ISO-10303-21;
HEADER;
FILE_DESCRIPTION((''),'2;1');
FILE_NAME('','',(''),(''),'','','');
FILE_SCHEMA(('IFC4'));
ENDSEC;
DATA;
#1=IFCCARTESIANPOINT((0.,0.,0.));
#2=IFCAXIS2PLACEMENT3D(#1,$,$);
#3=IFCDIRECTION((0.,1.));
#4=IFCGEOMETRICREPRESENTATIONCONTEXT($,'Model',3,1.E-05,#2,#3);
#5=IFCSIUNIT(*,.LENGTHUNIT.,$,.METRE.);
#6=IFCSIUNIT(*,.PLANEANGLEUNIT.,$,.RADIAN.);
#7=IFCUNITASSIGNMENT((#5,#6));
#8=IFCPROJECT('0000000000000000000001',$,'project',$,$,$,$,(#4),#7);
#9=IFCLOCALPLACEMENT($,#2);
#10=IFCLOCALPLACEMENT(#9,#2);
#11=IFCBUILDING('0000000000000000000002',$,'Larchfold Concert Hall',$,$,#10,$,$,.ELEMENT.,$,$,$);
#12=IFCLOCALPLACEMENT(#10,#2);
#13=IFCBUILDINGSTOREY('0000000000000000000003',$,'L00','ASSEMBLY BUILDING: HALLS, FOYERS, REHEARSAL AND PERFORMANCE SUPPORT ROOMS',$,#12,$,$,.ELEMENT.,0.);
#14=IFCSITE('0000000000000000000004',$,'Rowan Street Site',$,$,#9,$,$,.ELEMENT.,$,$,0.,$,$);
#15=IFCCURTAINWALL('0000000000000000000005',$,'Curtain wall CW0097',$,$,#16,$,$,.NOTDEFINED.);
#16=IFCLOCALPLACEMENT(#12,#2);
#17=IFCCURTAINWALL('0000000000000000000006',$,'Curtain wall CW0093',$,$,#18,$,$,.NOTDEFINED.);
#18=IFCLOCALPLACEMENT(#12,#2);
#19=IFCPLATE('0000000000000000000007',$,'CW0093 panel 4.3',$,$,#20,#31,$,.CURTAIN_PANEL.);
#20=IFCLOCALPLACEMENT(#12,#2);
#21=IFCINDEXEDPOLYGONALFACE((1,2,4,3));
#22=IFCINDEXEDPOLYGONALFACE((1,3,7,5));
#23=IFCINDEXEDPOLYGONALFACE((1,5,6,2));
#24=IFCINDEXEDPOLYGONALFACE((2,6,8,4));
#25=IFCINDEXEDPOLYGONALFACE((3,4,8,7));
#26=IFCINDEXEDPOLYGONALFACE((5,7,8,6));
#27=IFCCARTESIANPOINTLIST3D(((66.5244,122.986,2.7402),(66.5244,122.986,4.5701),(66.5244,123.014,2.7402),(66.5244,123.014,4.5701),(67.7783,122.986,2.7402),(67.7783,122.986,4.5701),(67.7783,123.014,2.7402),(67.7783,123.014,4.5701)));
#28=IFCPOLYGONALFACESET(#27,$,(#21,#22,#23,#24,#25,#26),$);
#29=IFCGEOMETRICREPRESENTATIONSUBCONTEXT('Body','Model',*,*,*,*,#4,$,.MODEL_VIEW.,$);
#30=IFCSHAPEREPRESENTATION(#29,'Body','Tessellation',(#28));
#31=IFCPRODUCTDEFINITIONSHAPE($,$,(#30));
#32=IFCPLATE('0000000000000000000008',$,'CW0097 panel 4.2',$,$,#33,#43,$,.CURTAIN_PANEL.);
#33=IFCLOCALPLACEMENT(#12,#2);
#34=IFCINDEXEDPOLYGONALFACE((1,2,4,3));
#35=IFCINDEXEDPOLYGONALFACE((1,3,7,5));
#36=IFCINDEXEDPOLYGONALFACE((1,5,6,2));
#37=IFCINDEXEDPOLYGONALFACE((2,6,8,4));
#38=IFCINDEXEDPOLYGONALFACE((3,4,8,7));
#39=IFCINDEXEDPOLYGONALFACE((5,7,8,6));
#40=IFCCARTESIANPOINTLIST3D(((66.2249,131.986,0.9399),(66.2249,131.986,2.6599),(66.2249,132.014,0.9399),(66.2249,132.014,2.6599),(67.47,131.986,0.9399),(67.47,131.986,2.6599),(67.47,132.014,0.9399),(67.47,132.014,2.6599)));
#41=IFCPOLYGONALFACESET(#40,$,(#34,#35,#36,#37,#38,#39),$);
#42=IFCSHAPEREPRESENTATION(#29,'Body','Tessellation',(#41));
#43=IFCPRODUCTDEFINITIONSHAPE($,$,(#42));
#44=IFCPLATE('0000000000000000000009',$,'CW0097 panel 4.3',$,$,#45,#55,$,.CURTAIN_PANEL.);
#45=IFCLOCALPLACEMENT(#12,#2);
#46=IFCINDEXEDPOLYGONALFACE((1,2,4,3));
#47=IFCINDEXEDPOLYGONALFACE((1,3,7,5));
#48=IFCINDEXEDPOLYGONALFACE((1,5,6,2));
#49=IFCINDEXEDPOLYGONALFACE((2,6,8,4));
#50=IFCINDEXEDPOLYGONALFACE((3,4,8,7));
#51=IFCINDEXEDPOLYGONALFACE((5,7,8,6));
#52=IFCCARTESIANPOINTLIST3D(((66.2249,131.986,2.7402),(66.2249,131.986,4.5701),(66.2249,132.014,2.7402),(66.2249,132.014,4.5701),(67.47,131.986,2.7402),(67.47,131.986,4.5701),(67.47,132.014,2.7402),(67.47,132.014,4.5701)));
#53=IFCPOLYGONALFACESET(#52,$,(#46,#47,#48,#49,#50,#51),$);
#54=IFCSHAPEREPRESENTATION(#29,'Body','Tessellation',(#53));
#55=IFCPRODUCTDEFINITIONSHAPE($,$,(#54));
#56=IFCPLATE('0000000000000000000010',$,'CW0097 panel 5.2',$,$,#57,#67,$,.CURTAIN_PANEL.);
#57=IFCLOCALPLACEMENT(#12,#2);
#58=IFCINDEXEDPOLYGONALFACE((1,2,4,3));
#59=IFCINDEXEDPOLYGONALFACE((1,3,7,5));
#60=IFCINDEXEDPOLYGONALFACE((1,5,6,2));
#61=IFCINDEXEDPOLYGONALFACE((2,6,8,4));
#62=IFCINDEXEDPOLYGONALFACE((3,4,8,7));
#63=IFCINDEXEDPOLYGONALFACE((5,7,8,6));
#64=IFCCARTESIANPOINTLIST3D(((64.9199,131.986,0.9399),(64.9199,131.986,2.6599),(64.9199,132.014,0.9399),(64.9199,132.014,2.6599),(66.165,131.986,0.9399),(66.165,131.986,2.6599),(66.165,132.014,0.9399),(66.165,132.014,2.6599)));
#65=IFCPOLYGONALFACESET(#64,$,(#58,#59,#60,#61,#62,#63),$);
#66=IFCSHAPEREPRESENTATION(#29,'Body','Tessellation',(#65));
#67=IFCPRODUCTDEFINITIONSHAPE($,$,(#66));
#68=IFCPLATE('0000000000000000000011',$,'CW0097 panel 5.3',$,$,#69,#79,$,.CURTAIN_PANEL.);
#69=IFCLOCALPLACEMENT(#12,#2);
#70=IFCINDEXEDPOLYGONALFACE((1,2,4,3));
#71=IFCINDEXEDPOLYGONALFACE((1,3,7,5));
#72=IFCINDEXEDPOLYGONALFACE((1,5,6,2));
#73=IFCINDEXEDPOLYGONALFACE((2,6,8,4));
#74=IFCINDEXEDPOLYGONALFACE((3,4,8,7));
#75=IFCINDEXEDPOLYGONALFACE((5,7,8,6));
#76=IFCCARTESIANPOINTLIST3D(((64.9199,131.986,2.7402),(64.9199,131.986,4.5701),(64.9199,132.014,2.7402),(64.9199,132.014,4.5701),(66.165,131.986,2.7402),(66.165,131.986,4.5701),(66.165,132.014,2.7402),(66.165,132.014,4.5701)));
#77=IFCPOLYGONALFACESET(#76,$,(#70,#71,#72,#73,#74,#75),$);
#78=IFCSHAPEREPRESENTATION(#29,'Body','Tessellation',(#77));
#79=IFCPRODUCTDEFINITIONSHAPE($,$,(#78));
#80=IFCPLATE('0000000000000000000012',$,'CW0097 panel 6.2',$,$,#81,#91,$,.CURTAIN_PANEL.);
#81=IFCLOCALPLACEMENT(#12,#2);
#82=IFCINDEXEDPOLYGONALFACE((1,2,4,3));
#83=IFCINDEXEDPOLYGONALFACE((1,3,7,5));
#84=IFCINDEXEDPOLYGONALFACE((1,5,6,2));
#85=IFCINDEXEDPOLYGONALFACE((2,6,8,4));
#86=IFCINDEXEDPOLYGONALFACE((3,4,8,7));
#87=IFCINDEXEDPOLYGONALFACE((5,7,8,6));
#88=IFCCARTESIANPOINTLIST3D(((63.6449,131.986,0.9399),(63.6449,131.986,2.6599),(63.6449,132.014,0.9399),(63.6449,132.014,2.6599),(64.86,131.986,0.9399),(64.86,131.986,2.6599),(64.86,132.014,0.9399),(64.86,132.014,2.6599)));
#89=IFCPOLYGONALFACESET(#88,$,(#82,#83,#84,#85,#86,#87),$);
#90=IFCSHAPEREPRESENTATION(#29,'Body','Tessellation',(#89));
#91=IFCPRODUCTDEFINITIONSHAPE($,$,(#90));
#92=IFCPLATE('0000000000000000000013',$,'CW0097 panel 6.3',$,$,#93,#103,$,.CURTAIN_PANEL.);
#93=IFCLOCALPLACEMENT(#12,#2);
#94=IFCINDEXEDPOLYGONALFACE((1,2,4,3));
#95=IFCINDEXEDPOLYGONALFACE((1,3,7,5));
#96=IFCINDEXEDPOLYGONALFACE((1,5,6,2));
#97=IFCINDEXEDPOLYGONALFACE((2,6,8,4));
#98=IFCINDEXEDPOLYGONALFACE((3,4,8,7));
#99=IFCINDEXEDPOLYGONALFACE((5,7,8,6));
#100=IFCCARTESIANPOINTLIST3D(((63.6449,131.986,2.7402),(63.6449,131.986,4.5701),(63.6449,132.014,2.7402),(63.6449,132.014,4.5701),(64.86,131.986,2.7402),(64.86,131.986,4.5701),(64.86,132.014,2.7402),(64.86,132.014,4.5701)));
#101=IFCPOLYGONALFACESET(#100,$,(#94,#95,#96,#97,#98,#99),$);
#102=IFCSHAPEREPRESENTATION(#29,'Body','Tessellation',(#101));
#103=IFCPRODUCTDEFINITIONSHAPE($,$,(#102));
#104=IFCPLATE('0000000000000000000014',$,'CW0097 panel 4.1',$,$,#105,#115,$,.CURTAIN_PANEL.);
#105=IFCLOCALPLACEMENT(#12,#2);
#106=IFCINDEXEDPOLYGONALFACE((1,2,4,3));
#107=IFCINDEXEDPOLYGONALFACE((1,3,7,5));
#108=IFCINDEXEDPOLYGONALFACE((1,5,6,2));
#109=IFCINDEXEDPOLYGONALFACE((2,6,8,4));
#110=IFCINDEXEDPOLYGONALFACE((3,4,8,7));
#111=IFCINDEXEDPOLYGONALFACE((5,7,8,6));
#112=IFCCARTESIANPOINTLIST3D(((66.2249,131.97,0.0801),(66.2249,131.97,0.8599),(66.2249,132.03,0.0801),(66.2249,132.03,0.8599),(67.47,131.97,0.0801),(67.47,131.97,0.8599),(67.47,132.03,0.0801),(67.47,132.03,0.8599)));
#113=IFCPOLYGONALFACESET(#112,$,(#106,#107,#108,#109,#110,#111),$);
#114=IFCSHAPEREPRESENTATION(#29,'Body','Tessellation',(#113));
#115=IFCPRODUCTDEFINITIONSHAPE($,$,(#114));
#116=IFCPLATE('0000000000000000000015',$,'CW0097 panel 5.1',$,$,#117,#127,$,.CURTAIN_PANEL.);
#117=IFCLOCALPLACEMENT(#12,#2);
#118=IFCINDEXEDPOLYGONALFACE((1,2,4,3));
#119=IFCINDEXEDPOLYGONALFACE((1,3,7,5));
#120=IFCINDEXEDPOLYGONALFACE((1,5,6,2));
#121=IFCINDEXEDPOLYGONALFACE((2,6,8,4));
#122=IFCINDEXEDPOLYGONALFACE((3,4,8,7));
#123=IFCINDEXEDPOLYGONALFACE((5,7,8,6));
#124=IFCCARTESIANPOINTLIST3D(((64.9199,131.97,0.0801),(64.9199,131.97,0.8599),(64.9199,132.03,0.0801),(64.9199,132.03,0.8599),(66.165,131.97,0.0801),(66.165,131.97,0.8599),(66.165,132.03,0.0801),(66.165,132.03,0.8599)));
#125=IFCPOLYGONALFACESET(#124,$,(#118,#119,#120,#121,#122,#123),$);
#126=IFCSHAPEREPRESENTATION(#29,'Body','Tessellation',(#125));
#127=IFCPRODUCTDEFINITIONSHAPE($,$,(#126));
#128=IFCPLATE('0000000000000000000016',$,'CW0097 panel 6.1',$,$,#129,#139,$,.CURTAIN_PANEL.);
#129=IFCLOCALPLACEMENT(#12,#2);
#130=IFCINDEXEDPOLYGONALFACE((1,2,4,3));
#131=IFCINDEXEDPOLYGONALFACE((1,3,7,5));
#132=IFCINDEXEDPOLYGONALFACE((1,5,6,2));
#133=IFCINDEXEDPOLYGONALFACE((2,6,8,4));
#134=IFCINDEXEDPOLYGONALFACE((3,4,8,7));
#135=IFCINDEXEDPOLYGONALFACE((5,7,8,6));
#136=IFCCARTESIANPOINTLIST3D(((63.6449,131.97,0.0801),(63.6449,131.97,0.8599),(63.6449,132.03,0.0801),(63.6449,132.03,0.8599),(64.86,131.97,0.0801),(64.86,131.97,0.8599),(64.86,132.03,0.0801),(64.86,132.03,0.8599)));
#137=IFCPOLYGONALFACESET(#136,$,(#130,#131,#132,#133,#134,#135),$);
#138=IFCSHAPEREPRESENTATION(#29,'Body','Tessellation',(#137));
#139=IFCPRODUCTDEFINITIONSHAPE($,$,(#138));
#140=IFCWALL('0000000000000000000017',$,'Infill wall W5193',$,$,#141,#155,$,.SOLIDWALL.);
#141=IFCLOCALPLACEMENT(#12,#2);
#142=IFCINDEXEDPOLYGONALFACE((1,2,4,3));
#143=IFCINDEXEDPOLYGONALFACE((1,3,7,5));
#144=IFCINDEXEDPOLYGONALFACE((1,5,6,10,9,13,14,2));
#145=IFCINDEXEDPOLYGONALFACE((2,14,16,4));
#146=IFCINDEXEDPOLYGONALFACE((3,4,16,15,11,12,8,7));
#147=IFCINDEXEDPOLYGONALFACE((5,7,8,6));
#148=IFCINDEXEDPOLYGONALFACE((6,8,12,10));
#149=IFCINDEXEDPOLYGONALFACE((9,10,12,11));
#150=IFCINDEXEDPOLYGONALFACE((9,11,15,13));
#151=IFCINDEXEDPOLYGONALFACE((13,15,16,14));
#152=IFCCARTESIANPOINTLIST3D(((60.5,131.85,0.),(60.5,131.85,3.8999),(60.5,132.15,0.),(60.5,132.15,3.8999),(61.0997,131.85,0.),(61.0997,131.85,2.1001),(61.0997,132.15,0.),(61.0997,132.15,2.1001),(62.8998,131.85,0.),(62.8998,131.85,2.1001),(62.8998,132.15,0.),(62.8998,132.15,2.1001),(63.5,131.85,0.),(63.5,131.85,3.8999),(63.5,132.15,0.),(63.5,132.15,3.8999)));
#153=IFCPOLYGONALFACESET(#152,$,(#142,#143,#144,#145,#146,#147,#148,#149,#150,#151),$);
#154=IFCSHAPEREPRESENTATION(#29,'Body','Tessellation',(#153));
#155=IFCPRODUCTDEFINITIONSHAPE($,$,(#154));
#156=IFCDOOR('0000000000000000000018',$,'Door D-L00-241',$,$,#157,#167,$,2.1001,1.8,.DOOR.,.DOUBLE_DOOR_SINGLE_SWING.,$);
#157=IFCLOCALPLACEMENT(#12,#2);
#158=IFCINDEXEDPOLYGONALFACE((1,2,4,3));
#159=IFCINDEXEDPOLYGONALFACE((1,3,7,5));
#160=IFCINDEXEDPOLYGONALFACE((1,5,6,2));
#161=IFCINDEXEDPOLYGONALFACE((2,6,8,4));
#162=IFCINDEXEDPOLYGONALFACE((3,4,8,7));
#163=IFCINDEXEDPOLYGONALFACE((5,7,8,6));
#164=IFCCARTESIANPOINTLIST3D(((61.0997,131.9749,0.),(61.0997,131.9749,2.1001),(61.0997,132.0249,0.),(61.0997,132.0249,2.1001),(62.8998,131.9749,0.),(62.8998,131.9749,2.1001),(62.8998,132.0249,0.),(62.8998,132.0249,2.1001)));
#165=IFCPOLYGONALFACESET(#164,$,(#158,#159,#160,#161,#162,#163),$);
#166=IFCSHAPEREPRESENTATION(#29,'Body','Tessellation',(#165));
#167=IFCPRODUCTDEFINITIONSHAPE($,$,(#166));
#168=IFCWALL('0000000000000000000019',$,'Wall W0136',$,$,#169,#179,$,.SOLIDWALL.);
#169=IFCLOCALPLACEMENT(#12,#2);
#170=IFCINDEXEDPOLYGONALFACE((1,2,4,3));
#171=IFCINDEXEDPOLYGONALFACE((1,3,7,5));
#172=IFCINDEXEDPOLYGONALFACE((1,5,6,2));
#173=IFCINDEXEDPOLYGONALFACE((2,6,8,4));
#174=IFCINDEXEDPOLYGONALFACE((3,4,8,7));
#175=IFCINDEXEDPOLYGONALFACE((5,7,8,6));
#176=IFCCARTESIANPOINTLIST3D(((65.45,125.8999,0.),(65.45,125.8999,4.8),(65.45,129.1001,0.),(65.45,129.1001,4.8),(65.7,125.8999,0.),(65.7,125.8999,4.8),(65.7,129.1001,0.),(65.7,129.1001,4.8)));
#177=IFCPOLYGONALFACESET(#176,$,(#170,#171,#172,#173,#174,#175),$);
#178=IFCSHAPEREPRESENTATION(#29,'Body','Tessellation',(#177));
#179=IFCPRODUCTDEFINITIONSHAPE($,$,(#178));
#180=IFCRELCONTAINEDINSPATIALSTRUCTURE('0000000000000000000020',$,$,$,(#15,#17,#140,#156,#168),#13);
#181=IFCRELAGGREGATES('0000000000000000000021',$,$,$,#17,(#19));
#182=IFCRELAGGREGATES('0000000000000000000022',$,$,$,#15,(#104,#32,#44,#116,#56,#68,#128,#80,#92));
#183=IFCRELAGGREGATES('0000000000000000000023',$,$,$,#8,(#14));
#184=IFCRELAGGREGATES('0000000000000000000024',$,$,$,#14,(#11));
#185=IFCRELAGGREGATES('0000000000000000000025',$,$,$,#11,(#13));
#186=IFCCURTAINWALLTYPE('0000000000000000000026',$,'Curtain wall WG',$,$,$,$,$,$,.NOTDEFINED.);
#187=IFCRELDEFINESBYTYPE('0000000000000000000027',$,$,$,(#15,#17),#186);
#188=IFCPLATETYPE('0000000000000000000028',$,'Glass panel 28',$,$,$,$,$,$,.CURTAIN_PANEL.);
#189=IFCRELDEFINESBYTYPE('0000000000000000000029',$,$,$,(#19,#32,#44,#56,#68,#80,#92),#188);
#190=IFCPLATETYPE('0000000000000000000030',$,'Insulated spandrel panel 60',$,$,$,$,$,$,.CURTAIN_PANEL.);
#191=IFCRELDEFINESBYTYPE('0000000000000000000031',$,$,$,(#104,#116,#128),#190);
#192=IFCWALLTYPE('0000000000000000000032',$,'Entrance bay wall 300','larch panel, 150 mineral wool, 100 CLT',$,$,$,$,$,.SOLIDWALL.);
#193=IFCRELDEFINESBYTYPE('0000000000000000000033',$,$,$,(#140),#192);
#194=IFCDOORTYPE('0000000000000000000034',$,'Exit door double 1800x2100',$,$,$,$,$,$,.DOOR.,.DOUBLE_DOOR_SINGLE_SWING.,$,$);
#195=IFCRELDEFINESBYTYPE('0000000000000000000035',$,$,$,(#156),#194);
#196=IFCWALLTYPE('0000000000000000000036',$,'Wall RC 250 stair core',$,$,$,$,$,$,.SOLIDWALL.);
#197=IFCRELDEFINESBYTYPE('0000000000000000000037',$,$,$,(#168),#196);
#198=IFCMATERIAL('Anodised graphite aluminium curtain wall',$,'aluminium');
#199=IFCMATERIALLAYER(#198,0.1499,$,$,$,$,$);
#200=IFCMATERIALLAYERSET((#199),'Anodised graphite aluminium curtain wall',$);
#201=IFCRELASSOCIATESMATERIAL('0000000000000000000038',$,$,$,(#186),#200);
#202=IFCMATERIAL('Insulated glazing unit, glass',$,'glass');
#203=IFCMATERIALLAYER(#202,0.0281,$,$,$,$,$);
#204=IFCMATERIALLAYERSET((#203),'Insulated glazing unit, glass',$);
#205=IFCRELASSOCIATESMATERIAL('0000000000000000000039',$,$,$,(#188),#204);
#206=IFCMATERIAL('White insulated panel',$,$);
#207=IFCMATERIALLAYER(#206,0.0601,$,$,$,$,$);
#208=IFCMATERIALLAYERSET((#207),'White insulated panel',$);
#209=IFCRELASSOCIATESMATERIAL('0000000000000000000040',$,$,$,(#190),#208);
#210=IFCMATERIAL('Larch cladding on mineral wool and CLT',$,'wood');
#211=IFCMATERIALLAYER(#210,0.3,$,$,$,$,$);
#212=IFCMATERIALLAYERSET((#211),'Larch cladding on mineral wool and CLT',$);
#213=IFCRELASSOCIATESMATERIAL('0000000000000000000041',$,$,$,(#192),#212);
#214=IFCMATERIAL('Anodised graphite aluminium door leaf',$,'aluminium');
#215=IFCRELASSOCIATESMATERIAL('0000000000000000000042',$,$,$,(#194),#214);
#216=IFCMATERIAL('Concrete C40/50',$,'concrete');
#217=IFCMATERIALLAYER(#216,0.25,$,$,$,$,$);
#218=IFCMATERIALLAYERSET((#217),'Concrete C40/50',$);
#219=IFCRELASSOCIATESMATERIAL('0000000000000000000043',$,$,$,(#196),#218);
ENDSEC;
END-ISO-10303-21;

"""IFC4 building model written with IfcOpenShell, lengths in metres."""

from ifc_helpers import new_model, si_unit, direction, frame, frame_2d, origin, origin_2d, place, context, subcontext, project, spatial, rectangle, extrude, material, layer, layer_set, type_object, element, fill, aggregate, save


model = new_model("IFC4")

# Units and contexts
model_context = context("Model", 3, precision=1e-05, world=origin(), true_north=direction((0.0, 1.0)))
body_context = subcontext(model_context, "Body", "Model", "MODEL_VIEW")
ifc_project = project(units=[si_unit("LENGTHUNIT", "METRE"), si_unit("PLANEANGLEUNIT", "RADIAN")], contexts=[model_context])

# Site, building, storey
site_placement = place(None, origin())
site = spatial("IfcSite", under=ifc_project, at=site_placement, Name="Rowan Street Site", CompositionType="ELEMENT", RefElevation=0.0)
building_placement = place(site_placement, origin())
building = spatial("IfcBuilding", under=site, at=building_placement, Name="Larchfold Concert Hall", CompositionType="ELEMENT")
storey_placement = place(building_placement, origin())
storey = spatial("IfcBuildingStorey", under=building, at=storey_placement, Name="L00", Description="ASSEMBLY BUILDING: HALLS, FOYERS, REHEARSAL AND PERFORMANCE SUPPORT ROOMS", CompositionType="ELEMENT", Elevation=0.0)

# Curtain wall
ifc_material_1 = material(Name="Anodised graphite aluminium curtain wall", Category="aluminium")
ifc_layer_1 = layer(ifc_material_1, 0.1499)
ifc_layer_set_1 = layer_set([ifc_layer_1], Name="Anodised graphite aluminium curtain wall")
curtain_wall_type = type_object("IfcCurtainWallType", Name="Curtain wall WG", PredefinedType="NOTDEFINED", material=ifc_layer_set_1)
curtain_wall_1_placement = place(storey_placement, origin())
curtain_wall_1 = element("IfcCurtainWall", 1, at=curtain_wall_1_placement, inside=storey, type_object=curtain_wall_type, Name="Curtain wall CW0097", PredefinedType="NOTDEFINED")

# Curtain wall, plate
curtain_wall_2_placement = place(storey_placement, origin())
curtain_wall_2 = element("IfcCurtainWall", 2, at=curtain_wall_2_placement, inside=storey, type_object=curtain_wall_type, Name="Curtain wall CW0093", PredefinedType="NOTDEFINED")
ifc_material_2 = material(Name="Insulated glazing unit, glass", Category="glass")
ifc_layer_2 = layer(ifc_material_2, 0.0281)
ifc_layer_set_2 = layer_set([ifc_layer_2], Name="Insulated glazing unit, glass")
plate_type_1 = type_object("IfcPlateType", Name="Glass panel 28", PredefinedType="CURTAIN_PANEL", material=ifc_layer_set_2)
plate_1_placement = place(storey_placement, frame((67.1514, 123.0, 2.7402), z_axis=(0.0, 0.0, 1.0), x_axis=(1.0, 0.0, 0.0)))
plate_1 = element("IfcPlate", 3, at=plate_1_placement, type_object=plate_type_1, Name="CW0093 panel 4.3", PredefinedType="CURTAIN_PANEL", context=body_context, shape_type="SweptSolid", body=[
    extrude(rectangle(XDim=1.2539, YDim=0.0281, at=origin_2d()), origin(), (0.0, 0.0, 1.0), 1.8298),
])
aggregate(curtain_wall_2, [plate_1])

# Plates
plate_2_placement = place(storey_placement, frame((66.8474, 132.0, 0.9399), z_axis=(0.0, 0.0, 1.0), x_axis=(-1.0, 0.0, 0.0)))
plate_2 = element("IfcPlate", 4, at=plate_2_placement, type_object=plate_type_1, Name="CW0097 panel 4.2", PredefinedType="CURTAIN_PANEL", context=body_context, shape_type="SweptSolid", body=[
    extrude(rectangle(XDim=1.2451, YDim=0.0281, at=origin_2d()), origin(), (0.0, 0.0, 1.0), 1.72),
])
plate_3_placement = place(storey_placement, frame((66.8474, 132.0, 2.7402), z_axis=(0.0, 0.0, 1.0), x_axis=(-1.0, 0.0, 0.0)))
plate_3 = element("IfcPlate", 5, at=plate_3_placement, type_object=plate_type_1, Name="CW0097 panel 4.3", PredefinedType="CURTAIN_PANEL", context=body_context, shape_type="SweptSolid", body=[
    extrude(rectangle(XDim=1.2451, YDim=0.0281, at=origin_2d()), origin(), (0.0, 0.0, 1.0), 1.8298),
])
plate_4_placement = place(storey_placement, frame((65.5425, 132.0, 0.9399), z_axis=(0.0, 0.0, 1.0), x_axis=(-1.0, 0.0, 0.0)))
plate_4 = element("IfcPlate", 6, at=plate_4_placement, type_object=plate_type_1, Name="CW0097 panel 5.2", PredefinedType="CURTAIN_PANEL", context=body_context, shape_type="SweptSolid", body=[
    extrude(rectangle(XDim=1.2451, YDim=0.0281, at=origin_2d()), origin(), (0.0, 0.0, 1.0), 1.72),
])
plate_5_placement = place(storey_placement, frame((65.5425, 132.0, 2.7402), z_axis=(0.0, 0.0, 1.0), x_axis=(-1.0, 0.0, 0.0)))
plate_5 = element("IfcPlate", 7, at=plate_5_placement, type_object=plate_type_1, Name="CW0097 panel 5.3", PredefinedType="CURTAIN_PANEL", context=body_context, shape_type="SweptSolid", body=[
    extrude(rectangle(XDim=1.2451, YDim=0.0281, at=origin_2d()), origin(), (0.0, 0.0, 1.0), 1.8298),
])
plate_6_placement = place(storey_placement, frame((64.2524, 132.0, 0.9399), z_axis=(0.0, 0.0, 1.0), x_axis=(-1.0, 0.0, 0.0)))
plate_6 = element("IfcPlate", 8, at=plate_6_placement, type_object=plate_type_1, Name="CW0097 panel 6.2", PredefinedType="CURTAIN_PANEL", context=body_context, shape_type="SweptSolid", body=[
    extrude(rectangle(XDim=1.2151, YDim=0.0281, at=origin_2d()), origin(), (0.0, 0.0, 1.0), 1.72),
])
plate_7_placement = place(storey_placement, frame((64.2524, 132.0, 2.7402), z_axis=(0.0, 0.0, 1.0), x_axis=(-1.0, 0.0, 0.0)))
plate_7 = element("IfcPlate", 9, at=plate_7_placement, type_object=plate_type_1, Name="CW0097 panel 6.3", PredefinedType="CURTAIN_PANEL", context=body_context, shape_type="SweptSolid", body=[
    extrude(rectangle(XDim=1.2151, YDim=0.0281, at=origin_2d()), origin(), (0.0, 0.0, 1.0), 1.8298),
])
ifc_material_3 = material(Name="White insulated panel")
ifc_layer_3 = layer(ifc_material_3, 0.0601)
ifc_layer_set_3 = layer_set([ifc_layer_3], Name="White insulated panel")
plate_type_2 = type_object("IfcPlateType", Name="Insulated spandrel panel 60", PredefinedType="CURTAIN_PANEL", material=ifc_layer_set_3)
plate_8_placement = place(storey_placement, frame((66.8474, 132.0, 0.0801), z_axis=(0.0, 0.0, 1.0), x_axis=(-1.0, 0.0, 0.0)))
plate_8 = element("IfcPlate", 10, at=plate_8_placement, type_object=plate_type_2, Name="CW0097 panel 4.1", PredefinedType="CURTAIN_PANEL", context=body_context, shape_type="SweptSolid", body=[
    extrude(rectangle(XDim=1.2451, YDim=0.0601, at=origin_2d()), origin(), (0.0, 0.0, 1.0), 0.7798),
])
plate_9_placement = place(storey_placement, frame((65.5425, 132.0, 0.0801), z_axis=(0.0, 0.0, 1.0), x_axis=(-1.0, 0.0, 0.0)))
plate_9 = element("IfcPlate", 11, at=plate_9_placement, type_object=plate_type_2, Name="CW0097 panel 5.1", PredefinedType="CURTAIN_PANEL", context=body_context, shape_type="SweptSolid", body=[
    extrude(rectangle(XDim=1.2451, YDim=0.0601, at=origin_2d()), origin(), (0.0, 0.0, 1.0), 0.7798),
])
plate_10_placement = place(storey_placement, frame((64.2524, 132.0, 0.0801), z_axis=(0.0, 0.0, 1.0), x_axis=(-1.0, 0.0, 0.0)))
plate_10 = element("IfcPlate", 12, at=plate_10_placement, type_object=plate_type_2, Name="CW0097 panel 6.1", PredefinedType="CURTAIN_PANEL", context=body_context, shape_type="SweptSolid", body=[
    extrude(rectangle(XDim=1.2151, YDim=0.0601, at=origin_2d()), origin(), (0.0, 0.0, 1.0), 0.7798),
])
aggregate(curtain_wall_1, [plate_8, plate_2, plate_3, plate_9, plate_4, plate_5, plate_10, plate_6, plate_7])

# Wall, opening, door
ifc_material_4 = material(Name="Larch cladding on mineral wool and CLT", Category="wood")
ifc_layer_4 = layer(ifc_material_4, 0.3)
ifc_layer_set_4 = layer_set([ifc_layer_4], Name="Larch cladding on mineral wool and CLT")
wall_type_1 = type_object("IfcWallType", Name="Entrance bay wall 300", Description="larch panel, 150 mineral wool, 100 CLT", PredefinedType="SOLIDWALL", material=ifc_layer_set_4)
wall_1_placement = place(storey_placement, frame((63.5, 132.0, 0.0), z_axis=(0.0, 0.0, 1.0), x_axis=(-1.0, 0.0, 0.0)))
wall_1 = element("IfcWall", 13, at=wall_1_placement, inside=storey, type_object=wall_type_1, Name="Infill wall W5193", PredefinedType="SOLIDWALL", context=body_context, shape_type="SweptSolid", body=[
    extrude(rectangle(XDim=3.0, YDim=0.3, at=frame_2d((1.5, 0.0))), origin(), (0.0, 0.0, 1.0), 3.8999),
])
opening_placement = place(wall_1_placement, frame((2.4001, 0.0, 0.0), z_axis=(0.0, 0.0, 1.0), x_axis=(-1.0, 0.0, 0.0)))
opening = element("IfcOpeningElement", 14, at=opening_placement, cuts=wall_1, PredefinedType="OPENING", context=body_context, shape_type="SweptSolid", body=[
    extrude(rectangle(XDim=1.8, YDim=2.1001, at=frame_2d((0.8999, 1.05))), frame((0.0, 0.1602, 0.0), z_axis=(0.0, -1.0, 0.0), x_axis=(1.0, 0.0, 0.0)), (0.0, 0.0, 1.0), 0.3201),
])
ifc_material_5 = material(Name="Anodised graphite aluminium door leaf", Category="aluminium")
door_type = type_object("IfcDoorType", Name="Exit door double 1800x2100", OperationType="DOUBLE_DOOR_SINGLE_SWING", PredefinedType="DOOR", material=ifc_material_5)
door_placement = place(opening_placement, origin())
door = element("IfcDoor", 15, at=door_placement, inside=storey, type_object=door_type, Name="Door D-L00-241", OperationType="DOUBLE_DOOR_SINGLE_SWING", OverallHeight=2.1001, OverallWidth=1.8, PredefinedType="DOOR", context=body_context, shape_type="SweptSolid", body=[
    extrude(rectangle(XDim=1.8, YDim=2.1001, at=frame_2d((0.8999, 1.05))), frame((0.0, 0.0249, 0.0), z_axis=(0.0, -1.0, 0.0), x_axis=(1.0, 0.0, 0.0)), (0.0, 0.0, 1.0), 0.05),
])
fill(opening, door)

# Wall
ifc_material_6 = material(Name="Concrete C40/50", Category="concrete")
ifc_layer_5 = layer(ifc_material_6, 0.25)
ifc_layer_set_5 = layer_set([ifc_layer_5], Name="Concrete C40/50")
wall_type_2 = type_object("IfcWallType", Name="Wall RC 250 stair core", PredefinedType="SOLIDWALL", material=ifc_layer_set_5)
wall_2_placement = place(storey_placement, frame((65.575, 125.8999, 0.0), z_axis=(0.0, 0.0, 1.0), x_axis=(0.0, 1.0, 0.0)))
element("IfcWall", 16, at=wall_2_placement, inside=storey, type_object=wall_type_2, Name="Wall W0136", PredefinedType="SOLIDWALL", context=body_context, shape_type="SweptSolid", body=[
    extrude(rectangle(XDim=3.2002, YDim=0.25, at=frame_2d((1.6001, 0.0))), origin(), (0.0, 0.0, 1.0), 4.8),
])

save(model, "model.ifc")
